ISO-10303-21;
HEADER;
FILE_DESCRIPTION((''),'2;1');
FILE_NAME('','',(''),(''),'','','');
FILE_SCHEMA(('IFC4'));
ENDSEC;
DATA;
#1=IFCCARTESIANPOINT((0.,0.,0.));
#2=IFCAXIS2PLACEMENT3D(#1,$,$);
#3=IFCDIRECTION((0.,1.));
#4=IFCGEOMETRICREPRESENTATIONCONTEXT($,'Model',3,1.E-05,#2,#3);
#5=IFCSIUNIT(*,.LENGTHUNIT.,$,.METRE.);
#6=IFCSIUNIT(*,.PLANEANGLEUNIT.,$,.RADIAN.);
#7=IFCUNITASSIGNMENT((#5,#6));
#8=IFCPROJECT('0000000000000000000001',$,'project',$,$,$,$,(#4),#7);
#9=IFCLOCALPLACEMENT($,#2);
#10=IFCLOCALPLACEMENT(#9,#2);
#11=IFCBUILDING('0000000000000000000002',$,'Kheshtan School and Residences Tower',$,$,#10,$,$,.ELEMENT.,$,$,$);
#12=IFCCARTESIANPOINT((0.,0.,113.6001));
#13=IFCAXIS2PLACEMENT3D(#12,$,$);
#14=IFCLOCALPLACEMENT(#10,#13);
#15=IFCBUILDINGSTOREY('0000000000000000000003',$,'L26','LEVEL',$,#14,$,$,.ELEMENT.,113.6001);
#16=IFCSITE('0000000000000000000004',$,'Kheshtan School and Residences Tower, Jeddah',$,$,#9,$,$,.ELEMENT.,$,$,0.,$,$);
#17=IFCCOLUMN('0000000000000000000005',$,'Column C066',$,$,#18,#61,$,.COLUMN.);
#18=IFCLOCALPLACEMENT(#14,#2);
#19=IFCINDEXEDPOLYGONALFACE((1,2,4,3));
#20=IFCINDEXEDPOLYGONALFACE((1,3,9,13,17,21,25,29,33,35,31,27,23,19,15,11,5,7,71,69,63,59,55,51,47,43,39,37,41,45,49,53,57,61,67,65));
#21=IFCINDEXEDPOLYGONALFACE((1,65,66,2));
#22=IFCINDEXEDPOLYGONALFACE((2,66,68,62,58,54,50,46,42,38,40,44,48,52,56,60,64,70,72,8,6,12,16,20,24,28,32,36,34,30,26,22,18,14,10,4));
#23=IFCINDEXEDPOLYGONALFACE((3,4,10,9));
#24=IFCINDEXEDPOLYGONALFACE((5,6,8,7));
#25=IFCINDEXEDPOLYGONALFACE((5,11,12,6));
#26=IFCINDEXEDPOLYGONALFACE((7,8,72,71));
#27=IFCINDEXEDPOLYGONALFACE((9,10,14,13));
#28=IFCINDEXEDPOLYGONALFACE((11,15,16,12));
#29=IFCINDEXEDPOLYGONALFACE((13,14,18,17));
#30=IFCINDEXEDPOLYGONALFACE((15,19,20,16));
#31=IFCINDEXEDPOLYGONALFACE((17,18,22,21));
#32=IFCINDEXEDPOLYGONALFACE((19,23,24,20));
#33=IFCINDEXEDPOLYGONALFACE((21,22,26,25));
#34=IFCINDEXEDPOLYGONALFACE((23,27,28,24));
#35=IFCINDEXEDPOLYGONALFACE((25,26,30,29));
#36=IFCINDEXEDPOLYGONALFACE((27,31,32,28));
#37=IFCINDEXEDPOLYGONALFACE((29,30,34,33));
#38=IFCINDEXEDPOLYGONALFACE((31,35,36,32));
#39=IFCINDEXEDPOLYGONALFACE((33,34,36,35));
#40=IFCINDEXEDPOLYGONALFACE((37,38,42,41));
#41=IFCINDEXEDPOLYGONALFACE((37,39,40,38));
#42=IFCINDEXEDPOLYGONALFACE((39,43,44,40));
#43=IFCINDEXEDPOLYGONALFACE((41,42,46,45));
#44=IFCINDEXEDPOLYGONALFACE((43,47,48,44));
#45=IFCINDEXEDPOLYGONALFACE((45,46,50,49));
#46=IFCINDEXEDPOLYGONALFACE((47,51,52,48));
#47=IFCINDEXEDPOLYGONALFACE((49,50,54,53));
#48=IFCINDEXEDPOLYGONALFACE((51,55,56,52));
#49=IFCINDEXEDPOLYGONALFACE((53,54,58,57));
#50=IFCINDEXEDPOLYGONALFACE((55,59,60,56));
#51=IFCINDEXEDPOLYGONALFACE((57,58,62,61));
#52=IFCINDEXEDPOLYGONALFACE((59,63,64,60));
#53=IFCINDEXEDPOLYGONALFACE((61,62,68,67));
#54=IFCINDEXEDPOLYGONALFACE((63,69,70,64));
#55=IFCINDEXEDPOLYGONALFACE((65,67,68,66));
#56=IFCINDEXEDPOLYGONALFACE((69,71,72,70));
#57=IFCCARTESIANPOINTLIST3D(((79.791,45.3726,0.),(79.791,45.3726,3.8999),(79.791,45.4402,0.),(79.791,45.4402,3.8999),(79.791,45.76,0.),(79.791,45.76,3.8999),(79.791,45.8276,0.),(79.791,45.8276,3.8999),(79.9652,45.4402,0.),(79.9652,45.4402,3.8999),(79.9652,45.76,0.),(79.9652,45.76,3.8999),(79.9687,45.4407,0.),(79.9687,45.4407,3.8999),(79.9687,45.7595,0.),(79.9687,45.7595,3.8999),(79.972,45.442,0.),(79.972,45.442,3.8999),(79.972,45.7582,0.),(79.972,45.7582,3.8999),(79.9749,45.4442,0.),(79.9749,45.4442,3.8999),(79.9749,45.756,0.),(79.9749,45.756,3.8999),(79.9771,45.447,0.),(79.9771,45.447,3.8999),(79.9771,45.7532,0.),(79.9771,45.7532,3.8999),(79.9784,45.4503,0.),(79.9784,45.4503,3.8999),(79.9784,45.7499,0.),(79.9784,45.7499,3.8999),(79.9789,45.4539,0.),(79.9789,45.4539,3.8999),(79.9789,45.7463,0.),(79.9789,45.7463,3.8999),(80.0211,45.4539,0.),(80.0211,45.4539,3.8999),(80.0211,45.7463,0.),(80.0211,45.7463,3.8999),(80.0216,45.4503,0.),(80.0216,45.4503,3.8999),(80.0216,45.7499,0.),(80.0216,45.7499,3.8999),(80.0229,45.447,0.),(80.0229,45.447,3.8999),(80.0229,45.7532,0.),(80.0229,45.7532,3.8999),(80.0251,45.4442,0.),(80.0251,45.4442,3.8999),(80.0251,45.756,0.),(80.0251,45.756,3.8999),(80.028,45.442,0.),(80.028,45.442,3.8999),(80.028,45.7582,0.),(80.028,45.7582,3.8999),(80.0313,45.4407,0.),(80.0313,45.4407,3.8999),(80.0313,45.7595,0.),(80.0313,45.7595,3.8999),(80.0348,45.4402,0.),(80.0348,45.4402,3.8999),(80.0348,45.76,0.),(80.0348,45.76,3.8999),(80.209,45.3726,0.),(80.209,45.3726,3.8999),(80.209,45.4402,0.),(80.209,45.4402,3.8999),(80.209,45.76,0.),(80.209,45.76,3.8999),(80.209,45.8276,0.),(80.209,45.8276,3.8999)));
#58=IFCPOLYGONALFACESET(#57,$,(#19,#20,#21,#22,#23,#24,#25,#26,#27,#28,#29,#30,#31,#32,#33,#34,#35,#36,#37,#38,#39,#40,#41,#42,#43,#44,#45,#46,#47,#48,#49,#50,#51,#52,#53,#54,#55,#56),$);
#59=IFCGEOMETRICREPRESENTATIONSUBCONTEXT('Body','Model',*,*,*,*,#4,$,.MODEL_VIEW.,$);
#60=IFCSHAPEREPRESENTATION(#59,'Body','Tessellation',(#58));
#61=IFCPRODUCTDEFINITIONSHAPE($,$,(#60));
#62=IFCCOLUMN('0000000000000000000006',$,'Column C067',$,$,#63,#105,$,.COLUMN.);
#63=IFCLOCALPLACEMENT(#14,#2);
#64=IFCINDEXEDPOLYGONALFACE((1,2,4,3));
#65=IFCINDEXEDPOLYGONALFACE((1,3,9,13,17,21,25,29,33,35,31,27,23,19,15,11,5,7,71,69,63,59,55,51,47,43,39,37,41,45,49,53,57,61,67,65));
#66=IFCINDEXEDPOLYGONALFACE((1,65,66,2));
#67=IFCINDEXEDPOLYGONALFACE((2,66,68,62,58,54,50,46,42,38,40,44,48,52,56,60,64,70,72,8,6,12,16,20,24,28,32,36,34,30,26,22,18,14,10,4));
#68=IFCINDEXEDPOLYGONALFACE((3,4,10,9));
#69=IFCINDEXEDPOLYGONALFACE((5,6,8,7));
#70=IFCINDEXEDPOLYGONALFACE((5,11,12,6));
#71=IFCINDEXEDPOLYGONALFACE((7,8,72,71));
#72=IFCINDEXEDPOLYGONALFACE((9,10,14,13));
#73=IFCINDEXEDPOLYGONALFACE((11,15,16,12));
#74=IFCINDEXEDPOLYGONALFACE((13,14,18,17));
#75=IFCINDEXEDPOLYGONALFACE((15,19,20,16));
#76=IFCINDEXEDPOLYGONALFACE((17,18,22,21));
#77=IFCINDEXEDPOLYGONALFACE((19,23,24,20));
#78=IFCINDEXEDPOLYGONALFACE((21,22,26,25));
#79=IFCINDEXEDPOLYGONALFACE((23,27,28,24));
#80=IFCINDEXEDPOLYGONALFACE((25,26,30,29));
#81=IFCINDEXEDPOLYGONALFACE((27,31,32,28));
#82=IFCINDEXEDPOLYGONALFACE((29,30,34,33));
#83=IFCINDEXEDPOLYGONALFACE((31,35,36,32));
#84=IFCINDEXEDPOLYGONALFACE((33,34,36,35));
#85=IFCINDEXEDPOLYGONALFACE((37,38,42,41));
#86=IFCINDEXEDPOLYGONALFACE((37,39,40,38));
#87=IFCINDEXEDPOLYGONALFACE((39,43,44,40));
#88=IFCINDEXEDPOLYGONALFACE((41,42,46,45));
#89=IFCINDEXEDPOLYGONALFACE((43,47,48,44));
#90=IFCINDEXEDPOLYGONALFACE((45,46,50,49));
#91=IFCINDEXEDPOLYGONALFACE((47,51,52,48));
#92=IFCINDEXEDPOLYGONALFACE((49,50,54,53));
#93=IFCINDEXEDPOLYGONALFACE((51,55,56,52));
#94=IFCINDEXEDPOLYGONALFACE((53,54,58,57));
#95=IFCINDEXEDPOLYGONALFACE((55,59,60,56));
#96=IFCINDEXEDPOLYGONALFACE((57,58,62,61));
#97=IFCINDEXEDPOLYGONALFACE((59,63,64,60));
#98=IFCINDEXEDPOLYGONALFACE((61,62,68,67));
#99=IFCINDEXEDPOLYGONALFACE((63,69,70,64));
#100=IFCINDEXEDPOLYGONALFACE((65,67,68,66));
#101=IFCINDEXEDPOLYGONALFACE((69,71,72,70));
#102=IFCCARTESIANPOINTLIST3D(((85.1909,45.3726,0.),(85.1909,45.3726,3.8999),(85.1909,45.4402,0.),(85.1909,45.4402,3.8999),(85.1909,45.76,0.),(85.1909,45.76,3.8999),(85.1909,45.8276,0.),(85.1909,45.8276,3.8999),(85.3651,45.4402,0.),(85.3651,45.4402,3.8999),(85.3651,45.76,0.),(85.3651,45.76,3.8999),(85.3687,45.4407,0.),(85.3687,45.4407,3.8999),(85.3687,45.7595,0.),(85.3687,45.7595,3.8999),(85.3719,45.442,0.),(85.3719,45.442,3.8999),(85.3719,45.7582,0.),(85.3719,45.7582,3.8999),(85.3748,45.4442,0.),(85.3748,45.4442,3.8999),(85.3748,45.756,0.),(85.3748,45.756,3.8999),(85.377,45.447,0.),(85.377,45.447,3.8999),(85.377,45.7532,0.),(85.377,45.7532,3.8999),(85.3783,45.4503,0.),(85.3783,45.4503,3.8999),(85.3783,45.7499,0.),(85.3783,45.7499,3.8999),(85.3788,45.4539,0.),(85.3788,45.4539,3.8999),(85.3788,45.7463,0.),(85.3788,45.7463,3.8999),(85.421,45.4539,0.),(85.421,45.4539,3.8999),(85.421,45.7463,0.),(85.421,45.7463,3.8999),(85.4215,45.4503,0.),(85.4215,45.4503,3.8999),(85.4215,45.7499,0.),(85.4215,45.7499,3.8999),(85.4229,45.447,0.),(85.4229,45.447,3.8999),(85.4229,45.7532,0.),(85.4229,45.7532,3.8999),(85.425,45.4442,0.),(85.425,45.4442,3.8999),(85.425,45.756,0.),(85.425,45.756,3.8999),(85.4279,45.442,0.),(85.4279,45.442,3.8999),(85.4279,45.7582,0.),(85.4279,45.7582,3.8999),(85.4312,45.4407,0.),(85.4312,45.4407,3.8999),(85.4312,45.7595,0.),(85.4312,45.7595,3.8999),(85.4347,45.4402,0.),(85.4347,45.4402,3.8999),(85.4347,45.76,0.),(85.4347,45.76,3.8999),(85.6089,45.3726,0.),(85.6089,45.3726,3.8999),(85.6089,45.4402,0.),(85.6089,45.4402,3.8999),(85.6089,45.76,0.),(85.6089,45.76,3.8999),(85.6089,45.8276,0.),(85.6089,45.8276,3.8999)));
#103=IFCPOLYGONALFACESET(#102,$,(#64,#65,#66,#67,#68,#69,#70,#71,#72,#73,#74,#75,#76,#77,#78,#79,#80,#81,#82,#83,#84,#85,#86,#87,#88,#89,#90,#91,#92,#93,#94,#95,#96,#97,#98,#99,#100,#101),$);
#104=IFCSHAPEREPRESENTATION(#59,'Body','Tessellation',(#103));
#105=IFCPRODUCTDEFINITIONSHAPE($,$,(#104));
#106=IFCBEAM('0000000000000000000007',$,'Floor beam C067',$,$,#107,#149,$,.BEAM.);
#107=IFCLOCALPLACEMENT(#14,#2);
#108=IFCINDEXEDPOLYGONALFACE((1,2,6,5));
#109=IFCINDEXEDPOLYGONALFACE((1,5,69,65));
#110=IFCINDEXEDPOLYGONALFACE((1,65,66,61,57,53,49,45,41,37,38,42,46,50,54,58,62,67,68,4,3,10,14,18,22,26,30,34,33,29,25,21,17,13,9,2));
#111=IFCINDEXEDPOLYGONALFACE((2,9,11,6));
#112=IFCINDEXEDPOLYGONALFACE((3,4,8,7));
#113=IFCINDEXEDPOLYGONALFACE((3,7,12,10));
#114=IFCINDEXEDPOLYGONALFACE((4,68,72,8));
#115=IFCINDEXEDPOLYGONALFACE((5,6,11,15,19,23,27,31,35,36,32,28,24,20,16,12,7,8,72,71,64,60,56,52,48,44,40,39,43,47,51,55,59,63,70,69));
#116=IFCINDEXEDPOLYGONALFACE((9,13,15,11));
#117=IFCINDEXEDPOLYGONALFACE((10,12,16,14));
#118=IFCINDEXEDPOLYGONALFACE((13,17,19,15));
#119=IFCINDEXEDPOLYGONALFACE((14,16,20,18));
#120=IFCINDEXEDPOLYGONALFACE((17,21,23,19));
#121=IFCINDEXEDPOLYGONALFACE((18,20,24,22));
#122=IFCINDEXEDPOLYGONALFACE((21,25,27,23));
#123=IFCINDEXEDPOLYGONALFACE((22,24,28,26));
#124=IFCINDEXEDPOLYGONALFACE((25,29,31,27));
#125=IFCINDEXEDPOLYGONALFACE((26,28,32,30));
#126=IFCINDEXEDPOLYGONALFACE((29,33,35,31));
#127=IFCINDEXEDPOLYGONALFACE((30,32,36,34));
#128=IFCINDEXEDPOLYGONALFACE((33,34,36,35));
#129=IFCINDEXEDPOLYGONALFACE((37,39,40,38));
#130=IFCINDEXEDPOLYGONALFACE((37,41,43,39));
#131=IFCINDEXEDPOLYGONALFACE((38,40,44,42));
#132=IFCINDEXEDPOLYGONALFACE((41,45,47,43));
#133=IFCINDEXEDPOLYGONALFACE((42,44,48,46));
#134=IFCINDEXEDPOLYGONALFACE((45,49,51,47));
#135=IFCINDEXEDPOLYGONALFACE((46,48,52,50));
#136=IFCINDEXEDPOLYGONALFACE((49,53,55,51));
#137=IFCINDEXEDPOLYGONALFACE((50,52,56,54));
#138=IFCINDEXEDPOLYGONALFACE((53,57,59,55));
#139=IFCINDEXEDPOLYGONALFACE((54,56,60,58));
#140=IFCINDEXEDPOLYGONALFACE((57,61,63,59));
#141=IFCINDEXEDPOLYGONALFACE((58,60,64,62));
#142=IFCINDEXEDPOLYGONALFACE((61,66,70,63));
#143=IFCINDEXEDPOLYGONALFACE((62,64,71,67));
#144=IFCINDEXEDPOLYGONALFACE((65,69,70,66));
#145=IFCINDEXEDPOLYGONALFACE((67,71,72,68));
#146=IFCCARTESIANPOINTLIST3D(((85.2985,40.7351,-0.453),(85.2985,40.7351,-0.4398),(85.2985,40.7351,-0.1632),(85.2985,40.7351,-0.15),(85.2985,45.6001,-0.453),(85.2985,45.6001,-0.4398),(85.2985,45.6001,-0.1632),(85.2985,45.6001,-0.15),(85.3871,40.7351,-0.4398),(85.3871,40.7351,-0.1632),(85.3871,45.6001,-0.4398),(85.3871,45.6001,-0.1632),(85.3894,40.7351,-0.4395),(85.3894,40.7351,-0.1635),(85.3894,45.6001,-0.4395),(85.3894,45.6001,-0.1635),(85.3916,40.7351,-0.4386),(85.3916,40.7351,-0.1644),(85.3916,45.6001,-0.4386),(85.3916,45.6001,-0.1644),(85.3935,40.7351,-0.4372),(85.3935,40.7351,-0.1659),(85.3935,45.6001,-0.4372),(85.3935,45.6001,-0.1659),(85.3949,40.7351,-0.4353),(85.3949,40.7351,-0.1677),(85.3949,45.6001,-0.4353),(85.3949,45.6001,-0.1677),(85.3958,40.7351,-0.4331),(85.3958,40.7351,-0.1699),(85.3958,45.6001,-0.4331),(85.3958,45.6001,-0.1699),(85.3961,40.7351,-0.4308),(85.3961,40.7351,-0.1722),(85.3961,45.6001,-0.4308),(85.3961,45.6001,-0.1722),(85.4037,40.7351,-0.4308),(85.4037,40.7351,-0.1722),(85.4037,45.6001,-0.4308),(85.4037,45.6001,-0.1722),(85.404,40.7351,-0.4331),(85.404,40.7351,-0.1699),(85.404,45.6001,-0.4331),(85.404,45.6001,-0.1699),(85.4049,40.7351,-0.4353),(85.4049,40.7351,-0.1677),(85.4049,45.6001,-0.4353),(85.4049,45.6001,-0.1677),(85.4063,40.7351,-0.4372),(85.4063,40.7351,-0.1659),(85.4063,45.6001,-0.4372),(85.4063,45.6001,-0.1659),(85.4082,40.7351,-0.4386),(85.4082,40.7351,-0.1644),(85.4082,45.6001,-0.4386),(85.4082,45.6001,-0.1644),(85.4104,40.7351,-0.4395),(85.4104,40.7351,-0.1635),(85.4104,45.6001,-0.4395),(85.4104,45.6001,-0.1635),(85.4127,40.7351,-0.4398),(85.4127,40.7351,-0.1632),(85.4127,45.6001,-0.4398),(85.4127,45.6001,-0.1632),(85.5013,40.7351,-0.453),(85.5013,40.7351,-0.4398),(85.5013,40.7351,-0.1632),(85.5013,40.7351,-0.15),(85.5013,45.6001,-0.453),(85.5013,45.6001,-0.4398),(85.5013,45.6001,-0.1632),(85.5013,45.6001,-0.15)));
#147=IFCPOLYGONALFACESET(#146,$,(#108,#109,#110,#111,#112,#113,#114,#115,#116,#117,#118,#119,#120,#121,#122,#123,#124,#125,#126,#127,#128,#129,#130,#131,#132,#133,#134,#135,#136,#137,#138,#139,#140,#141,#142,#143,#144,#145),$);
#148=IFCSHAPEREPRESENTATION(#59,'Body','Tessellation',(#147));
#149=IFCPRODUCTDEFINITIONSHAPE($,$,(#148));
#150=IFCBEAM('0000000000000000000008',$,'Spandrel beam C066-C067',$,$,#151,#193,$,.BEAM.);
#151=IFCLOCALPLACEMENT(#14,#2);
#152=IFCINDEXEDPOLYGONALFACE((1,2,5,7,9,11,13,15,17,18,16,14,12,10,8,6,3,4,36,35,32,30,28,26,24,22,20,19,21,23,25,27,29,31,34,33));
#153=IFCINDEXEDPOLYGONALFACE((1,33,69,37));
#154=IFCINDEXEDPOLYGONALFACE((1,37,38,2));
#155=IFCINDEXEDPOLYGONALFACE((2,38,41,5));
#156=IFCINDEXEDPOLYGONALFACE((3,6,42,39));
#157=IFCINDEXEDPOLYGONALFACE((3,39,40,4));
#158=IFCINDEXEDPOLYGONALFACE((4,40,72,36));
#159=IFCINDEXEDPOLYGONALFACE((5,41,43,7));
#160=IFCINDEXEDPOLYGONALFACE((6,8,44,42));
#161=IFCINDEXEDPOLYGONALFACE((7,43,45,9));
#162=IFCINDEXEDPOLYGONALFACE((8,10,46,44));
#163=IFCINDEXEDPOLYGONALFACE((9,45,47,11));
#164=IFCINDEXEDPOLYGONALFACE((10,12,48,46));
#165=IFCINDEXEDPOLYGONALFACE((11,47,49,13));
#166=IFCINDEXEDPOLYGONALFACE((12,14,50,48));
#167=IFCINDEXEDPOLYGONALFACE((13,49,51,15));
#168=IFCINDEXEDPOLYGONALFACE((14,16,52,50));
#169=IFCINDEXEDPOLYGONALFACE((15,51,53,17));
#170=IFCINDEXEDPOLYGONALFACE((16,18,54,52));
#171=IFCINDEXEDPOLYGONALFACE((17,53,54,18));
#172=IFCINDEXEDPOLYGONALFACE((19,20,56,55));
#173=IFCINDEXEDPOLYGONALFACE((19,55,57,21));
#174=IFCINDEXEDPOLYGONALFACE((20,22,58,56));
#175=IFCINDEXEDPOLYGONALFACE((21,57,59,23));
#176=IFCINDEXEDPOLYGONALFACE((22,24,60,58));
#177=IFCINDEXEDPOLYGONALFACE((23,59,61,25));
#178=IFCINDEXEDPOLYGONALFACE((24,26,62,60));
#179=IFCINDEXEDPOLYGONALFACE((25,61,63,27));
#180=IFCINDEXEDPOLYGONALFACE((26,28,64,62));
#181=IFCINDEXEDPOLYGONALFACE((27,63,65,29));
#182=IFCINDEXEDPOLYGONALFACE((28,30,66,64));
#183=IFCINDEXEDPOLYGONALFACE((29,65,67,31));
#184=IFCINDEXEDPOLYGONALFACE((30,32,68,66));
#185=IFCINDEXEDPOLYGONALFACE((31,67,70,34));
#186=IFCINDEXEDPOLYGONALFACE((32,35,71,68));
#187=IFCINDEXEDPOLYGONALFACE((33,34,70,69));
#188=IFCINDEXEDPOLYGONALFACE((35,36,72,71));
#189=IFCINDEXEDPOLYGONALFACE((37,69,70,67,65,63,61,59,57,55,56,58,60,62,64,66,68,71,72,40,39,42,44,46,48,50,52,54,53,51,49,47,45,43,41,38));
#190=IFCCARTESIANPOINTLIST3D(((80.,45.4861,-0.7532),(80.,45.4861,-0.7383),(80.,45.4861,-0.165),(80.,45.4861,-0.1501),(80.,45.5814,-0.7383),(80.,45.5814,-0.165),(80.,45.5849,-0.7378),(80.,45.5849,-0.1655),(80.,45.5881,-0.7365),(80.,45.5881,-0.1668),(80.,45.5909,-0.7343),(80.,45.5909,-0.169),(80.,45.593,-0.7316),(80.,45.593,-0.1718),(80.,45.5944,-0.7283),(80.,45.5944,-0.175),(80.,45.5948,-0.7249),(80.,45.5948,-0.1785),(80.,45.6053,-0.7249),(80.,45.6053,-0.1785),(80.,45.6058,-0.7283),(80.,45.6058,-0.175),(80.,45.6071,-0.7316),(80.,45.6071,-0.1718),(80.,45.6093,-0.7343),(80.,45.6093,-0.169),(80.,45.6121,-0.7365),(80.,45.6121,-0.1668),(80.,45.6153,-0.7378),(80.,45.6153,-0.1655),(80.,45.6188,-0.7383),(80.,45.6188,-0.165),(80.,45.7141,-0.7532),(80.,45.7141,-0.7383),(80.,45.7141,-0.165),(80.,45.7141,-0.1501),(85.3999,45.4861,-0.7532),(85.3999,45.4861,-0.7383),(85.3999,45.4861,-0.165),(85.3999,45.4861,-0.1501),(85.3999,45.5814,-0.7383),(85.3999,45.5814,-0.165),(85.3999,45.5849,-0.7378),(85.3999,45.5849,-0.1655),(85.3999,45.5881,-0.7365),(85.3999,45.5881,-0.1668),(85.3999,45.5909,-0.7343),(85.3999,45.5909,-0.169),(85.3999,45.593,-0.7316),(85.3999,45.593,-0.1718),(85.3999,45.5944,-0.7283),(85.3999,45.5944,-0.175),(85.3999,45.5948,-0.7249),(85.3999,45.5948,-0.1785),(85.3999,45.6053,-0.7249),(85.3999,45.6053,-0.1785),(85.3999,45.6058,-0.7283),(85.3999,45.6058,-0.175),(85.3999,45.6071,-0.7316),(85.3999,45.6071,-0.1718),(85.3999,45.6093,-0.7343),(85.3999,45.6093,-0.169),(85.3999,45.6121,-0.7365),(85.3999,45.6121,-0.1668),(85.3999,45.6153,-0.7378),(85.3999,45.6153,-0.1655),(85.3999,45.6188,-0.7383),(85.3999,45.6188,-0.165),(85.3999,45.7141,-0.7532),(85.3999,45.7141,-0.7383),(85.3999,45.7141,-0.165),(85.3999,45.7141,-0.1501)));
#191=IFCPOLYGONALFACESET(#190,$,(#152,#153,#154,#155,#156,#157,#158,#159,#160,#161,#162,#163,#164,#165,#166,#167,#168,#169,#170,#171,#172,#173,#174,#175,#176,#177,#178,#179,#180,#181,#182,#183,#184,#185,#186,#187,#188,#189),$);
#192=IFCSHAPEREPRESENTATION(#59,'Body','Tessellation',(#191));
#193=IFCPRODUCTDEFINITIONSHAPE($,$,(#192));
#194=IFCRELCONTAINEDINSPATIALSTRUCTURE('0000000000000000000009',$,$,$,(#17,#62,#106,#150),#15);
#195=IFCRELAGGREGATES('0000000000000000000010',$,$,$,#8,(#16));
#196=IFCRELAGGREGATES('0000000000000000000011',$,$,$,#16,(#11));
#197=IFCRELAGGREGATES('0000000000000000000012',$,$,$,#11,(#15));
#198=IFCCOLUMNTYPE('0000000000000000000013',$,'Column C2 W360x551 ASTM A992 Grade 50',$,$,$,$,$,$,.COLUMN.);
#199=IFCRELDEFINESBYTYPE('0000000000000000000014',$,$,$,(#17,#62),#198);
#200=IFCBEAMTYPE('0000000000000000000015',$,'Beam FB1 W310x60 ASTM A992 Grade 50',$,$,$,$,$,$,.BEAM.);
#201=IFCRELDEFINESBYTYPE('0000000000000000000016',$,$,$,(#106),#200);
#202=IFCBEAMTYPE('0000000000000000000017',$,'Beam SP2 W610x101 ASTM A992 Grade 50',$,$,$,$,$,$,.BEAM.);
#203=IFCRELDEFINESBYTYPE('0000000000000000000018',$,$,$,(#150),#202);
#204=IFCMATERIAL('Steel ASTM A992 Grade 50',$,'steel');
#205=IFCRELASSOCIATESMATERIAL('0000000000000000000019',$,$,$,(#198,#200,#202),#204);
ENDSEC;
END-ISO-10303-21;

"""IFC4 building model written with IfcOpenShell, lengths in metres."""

from ifc_helpers import new_model, si_unit, direction, frame, origin, origin_2d, place, context, subcontext, project, spatial, i_section, extrude, material, material_profile, profile_set, type_object, element, save


model = new_model("IFC4")

# Units and contexts
model_context = context("Model", 3, precision=1e-05, world=origin(), true_north=direction((0.0, 1.0)))
body_context = subcontext(model_context, "Body", "Model", "MODEL_VIEW")
ifc_project = project(units=[si_unit("LENGTHUNIT", "METRE"), si_unit("PLANEANGLEUNIT", "RADIAN")], contexts=[model_context])

# Site, building, storey
site_placement = place(None, origin())
site = spatial("IfcSite", under=ifc_project, at=site_placement, Name="Kheshtan School and Residences Tower, Jeddah", CompositionType="ELEMENT", RefElevation=0.0)
building_placement = place(site_placement, origin())
building = spatial("IfcBuilding", under=site, at=building_placement, Name="Kheshtan School and Residences Tower", CompositionType="ELEMENT")
storey_placement = place(building_placement, frame((0.0, 0.0, 113.6001)))
storey = spatial("IfcBuildingStorey", under=building, at=storey_placement, Name="L26", Description="LEVEL", CompositionType="ELEMENT", Elevation=113.6001)

# Columns
ifc_material_1 = material(Name="Steel ASTM A992 Grade 50", Category="steel")
ifc_material_profile_1 = material_profile(ifc_material_1, i_section(OverallWidth=0.418, OverallDepth=0.4551, WebThickness=0.0422, FlangeThickness=0.0676, FilletRadius=0.0137, at=origin_2d()), Name="W360x551")
ifc_profile_set_1 = profile_set([ifc_material_profile_1], Name="Steel ASTM A992 Grade 50")
column_type = type_object("IfcColumnType", Name="Column C2 W360x551 ASTM A992 Grade 50", PredefinedType="COLUMN", material=ifc_profile_set_1)
for number, where, z_axis, x_axis, name in (
    (1, (80.0, 45.6001, 0.0), (0.0, 0.0, 1.0), (1.0, 0.0, 0.0), "Column C066"),
    (2, (85.3999, 45.6001, 0.0), (0.0, 0.0, 1.0), (1.0, 0.0, 0.0), "Column C067"),
):
    element("IfcColumn", number, at=place(storey_placement, frame(where, z_axis=z_axis, x_axis=x_axis)), inside=storey, type_object=column_type, Name=name, PredefinedType="COLUMN", context=body_context, shape_type="SweptSolid", body=[
        extrude(i_section(OverallWidth=0.418, OverallDepth=0.4551, WebThickness=0.0422, FlangeThickness=0.0676, FilletRadius=0.0137, at=origin_2d()), origin(), (0.0, 0.0, 1.0), 3.8999),
    ])

# Beams
ifc_material_profile_2 = material_profile(ifc_material_1, i_section(OverallWidth=0.2029, OverallDepth=0.303, WebThickness=0.0076, FlangeThickness=0.0132, FilletRadius=0.009, at=origin_2d()), Name="W310x60")
ifc_profile_set_2 = profile_set([ifc_material_profile_2], Name="Steel ASTM A992 Grade 50")
beam_type_1 = type_object("IfcBeamType", Name="Beam FB1 W310x60 ASTM A992 Grade 50", PredefinedType="BEAM", material=ifc_profile_set_2)
beam_1_placement = place(storey_placement, frame((85.3999, 45.6001, -0.3015), z_axis=(0.0, -1.0, 0.0), x_axis=(1.0, 0.0, 0.0)))
element("IfcBeam", 3, at=beam_1_placement, inside=storey, type_object=beam_type_1, Name="Floor beam C067", PredefinedType="BEAM", context=body_context, shape_type="SweptSolid", body=[
    extrude(i_section(OverallWidth=0.2029, OverallDepth=0.303, WebThickness=0.0076, FlangeThickness=0.0132, FilletRadius=0.009, at=origin_2d()), origin(), (0.0, 0.0, 1.0), 4.865),
])
ifc_material_profile_3 = material_profile(ifc_material_1, i_section(OverallWidth=0.228, OverallDepth=0.603, WebThickness=0.0105, FlangeThickness=0.0149, FilletRadius=0.0134, at=origin_2d()), Name="W610x101")
ifc_profile_set_3 = profile_set([ifc_material_profile_3], Name="Steel ASTM A992 Grade 50")
beam_type_2 = type_object("IfcBeamType", Name="Beam SP2 W610x101 ASTM A992 Grade 50", PredefinedType="BEAM", material=ifc_profile_set_3)
beam_2_placement = place(storey_placement, frame((80.0, 45.6001, -0.4517), z_axis=(1.0, 0.0, 0.0), x_axis=(0.0, 1.0, 0.0)))
element("IfcBeam", 4, at=beam_2_placement, inside=storey, type_object=beam_type_2, Name="Spandrel beam C066-C067", PredefinedType="BEAM", context=body_context, shape_type="SweptSolid", body=[
    extrude(i_section(OverallWidth=0.228, OverallDepth=0.603, WebThickness=0.0105, FlangeThickness=0.0149, FilletRadius=0.0134, at=origin_2d()), origin(), (0.0, 0.0, 1.0), 5.3999),
])

save(model, "model.ifc")
